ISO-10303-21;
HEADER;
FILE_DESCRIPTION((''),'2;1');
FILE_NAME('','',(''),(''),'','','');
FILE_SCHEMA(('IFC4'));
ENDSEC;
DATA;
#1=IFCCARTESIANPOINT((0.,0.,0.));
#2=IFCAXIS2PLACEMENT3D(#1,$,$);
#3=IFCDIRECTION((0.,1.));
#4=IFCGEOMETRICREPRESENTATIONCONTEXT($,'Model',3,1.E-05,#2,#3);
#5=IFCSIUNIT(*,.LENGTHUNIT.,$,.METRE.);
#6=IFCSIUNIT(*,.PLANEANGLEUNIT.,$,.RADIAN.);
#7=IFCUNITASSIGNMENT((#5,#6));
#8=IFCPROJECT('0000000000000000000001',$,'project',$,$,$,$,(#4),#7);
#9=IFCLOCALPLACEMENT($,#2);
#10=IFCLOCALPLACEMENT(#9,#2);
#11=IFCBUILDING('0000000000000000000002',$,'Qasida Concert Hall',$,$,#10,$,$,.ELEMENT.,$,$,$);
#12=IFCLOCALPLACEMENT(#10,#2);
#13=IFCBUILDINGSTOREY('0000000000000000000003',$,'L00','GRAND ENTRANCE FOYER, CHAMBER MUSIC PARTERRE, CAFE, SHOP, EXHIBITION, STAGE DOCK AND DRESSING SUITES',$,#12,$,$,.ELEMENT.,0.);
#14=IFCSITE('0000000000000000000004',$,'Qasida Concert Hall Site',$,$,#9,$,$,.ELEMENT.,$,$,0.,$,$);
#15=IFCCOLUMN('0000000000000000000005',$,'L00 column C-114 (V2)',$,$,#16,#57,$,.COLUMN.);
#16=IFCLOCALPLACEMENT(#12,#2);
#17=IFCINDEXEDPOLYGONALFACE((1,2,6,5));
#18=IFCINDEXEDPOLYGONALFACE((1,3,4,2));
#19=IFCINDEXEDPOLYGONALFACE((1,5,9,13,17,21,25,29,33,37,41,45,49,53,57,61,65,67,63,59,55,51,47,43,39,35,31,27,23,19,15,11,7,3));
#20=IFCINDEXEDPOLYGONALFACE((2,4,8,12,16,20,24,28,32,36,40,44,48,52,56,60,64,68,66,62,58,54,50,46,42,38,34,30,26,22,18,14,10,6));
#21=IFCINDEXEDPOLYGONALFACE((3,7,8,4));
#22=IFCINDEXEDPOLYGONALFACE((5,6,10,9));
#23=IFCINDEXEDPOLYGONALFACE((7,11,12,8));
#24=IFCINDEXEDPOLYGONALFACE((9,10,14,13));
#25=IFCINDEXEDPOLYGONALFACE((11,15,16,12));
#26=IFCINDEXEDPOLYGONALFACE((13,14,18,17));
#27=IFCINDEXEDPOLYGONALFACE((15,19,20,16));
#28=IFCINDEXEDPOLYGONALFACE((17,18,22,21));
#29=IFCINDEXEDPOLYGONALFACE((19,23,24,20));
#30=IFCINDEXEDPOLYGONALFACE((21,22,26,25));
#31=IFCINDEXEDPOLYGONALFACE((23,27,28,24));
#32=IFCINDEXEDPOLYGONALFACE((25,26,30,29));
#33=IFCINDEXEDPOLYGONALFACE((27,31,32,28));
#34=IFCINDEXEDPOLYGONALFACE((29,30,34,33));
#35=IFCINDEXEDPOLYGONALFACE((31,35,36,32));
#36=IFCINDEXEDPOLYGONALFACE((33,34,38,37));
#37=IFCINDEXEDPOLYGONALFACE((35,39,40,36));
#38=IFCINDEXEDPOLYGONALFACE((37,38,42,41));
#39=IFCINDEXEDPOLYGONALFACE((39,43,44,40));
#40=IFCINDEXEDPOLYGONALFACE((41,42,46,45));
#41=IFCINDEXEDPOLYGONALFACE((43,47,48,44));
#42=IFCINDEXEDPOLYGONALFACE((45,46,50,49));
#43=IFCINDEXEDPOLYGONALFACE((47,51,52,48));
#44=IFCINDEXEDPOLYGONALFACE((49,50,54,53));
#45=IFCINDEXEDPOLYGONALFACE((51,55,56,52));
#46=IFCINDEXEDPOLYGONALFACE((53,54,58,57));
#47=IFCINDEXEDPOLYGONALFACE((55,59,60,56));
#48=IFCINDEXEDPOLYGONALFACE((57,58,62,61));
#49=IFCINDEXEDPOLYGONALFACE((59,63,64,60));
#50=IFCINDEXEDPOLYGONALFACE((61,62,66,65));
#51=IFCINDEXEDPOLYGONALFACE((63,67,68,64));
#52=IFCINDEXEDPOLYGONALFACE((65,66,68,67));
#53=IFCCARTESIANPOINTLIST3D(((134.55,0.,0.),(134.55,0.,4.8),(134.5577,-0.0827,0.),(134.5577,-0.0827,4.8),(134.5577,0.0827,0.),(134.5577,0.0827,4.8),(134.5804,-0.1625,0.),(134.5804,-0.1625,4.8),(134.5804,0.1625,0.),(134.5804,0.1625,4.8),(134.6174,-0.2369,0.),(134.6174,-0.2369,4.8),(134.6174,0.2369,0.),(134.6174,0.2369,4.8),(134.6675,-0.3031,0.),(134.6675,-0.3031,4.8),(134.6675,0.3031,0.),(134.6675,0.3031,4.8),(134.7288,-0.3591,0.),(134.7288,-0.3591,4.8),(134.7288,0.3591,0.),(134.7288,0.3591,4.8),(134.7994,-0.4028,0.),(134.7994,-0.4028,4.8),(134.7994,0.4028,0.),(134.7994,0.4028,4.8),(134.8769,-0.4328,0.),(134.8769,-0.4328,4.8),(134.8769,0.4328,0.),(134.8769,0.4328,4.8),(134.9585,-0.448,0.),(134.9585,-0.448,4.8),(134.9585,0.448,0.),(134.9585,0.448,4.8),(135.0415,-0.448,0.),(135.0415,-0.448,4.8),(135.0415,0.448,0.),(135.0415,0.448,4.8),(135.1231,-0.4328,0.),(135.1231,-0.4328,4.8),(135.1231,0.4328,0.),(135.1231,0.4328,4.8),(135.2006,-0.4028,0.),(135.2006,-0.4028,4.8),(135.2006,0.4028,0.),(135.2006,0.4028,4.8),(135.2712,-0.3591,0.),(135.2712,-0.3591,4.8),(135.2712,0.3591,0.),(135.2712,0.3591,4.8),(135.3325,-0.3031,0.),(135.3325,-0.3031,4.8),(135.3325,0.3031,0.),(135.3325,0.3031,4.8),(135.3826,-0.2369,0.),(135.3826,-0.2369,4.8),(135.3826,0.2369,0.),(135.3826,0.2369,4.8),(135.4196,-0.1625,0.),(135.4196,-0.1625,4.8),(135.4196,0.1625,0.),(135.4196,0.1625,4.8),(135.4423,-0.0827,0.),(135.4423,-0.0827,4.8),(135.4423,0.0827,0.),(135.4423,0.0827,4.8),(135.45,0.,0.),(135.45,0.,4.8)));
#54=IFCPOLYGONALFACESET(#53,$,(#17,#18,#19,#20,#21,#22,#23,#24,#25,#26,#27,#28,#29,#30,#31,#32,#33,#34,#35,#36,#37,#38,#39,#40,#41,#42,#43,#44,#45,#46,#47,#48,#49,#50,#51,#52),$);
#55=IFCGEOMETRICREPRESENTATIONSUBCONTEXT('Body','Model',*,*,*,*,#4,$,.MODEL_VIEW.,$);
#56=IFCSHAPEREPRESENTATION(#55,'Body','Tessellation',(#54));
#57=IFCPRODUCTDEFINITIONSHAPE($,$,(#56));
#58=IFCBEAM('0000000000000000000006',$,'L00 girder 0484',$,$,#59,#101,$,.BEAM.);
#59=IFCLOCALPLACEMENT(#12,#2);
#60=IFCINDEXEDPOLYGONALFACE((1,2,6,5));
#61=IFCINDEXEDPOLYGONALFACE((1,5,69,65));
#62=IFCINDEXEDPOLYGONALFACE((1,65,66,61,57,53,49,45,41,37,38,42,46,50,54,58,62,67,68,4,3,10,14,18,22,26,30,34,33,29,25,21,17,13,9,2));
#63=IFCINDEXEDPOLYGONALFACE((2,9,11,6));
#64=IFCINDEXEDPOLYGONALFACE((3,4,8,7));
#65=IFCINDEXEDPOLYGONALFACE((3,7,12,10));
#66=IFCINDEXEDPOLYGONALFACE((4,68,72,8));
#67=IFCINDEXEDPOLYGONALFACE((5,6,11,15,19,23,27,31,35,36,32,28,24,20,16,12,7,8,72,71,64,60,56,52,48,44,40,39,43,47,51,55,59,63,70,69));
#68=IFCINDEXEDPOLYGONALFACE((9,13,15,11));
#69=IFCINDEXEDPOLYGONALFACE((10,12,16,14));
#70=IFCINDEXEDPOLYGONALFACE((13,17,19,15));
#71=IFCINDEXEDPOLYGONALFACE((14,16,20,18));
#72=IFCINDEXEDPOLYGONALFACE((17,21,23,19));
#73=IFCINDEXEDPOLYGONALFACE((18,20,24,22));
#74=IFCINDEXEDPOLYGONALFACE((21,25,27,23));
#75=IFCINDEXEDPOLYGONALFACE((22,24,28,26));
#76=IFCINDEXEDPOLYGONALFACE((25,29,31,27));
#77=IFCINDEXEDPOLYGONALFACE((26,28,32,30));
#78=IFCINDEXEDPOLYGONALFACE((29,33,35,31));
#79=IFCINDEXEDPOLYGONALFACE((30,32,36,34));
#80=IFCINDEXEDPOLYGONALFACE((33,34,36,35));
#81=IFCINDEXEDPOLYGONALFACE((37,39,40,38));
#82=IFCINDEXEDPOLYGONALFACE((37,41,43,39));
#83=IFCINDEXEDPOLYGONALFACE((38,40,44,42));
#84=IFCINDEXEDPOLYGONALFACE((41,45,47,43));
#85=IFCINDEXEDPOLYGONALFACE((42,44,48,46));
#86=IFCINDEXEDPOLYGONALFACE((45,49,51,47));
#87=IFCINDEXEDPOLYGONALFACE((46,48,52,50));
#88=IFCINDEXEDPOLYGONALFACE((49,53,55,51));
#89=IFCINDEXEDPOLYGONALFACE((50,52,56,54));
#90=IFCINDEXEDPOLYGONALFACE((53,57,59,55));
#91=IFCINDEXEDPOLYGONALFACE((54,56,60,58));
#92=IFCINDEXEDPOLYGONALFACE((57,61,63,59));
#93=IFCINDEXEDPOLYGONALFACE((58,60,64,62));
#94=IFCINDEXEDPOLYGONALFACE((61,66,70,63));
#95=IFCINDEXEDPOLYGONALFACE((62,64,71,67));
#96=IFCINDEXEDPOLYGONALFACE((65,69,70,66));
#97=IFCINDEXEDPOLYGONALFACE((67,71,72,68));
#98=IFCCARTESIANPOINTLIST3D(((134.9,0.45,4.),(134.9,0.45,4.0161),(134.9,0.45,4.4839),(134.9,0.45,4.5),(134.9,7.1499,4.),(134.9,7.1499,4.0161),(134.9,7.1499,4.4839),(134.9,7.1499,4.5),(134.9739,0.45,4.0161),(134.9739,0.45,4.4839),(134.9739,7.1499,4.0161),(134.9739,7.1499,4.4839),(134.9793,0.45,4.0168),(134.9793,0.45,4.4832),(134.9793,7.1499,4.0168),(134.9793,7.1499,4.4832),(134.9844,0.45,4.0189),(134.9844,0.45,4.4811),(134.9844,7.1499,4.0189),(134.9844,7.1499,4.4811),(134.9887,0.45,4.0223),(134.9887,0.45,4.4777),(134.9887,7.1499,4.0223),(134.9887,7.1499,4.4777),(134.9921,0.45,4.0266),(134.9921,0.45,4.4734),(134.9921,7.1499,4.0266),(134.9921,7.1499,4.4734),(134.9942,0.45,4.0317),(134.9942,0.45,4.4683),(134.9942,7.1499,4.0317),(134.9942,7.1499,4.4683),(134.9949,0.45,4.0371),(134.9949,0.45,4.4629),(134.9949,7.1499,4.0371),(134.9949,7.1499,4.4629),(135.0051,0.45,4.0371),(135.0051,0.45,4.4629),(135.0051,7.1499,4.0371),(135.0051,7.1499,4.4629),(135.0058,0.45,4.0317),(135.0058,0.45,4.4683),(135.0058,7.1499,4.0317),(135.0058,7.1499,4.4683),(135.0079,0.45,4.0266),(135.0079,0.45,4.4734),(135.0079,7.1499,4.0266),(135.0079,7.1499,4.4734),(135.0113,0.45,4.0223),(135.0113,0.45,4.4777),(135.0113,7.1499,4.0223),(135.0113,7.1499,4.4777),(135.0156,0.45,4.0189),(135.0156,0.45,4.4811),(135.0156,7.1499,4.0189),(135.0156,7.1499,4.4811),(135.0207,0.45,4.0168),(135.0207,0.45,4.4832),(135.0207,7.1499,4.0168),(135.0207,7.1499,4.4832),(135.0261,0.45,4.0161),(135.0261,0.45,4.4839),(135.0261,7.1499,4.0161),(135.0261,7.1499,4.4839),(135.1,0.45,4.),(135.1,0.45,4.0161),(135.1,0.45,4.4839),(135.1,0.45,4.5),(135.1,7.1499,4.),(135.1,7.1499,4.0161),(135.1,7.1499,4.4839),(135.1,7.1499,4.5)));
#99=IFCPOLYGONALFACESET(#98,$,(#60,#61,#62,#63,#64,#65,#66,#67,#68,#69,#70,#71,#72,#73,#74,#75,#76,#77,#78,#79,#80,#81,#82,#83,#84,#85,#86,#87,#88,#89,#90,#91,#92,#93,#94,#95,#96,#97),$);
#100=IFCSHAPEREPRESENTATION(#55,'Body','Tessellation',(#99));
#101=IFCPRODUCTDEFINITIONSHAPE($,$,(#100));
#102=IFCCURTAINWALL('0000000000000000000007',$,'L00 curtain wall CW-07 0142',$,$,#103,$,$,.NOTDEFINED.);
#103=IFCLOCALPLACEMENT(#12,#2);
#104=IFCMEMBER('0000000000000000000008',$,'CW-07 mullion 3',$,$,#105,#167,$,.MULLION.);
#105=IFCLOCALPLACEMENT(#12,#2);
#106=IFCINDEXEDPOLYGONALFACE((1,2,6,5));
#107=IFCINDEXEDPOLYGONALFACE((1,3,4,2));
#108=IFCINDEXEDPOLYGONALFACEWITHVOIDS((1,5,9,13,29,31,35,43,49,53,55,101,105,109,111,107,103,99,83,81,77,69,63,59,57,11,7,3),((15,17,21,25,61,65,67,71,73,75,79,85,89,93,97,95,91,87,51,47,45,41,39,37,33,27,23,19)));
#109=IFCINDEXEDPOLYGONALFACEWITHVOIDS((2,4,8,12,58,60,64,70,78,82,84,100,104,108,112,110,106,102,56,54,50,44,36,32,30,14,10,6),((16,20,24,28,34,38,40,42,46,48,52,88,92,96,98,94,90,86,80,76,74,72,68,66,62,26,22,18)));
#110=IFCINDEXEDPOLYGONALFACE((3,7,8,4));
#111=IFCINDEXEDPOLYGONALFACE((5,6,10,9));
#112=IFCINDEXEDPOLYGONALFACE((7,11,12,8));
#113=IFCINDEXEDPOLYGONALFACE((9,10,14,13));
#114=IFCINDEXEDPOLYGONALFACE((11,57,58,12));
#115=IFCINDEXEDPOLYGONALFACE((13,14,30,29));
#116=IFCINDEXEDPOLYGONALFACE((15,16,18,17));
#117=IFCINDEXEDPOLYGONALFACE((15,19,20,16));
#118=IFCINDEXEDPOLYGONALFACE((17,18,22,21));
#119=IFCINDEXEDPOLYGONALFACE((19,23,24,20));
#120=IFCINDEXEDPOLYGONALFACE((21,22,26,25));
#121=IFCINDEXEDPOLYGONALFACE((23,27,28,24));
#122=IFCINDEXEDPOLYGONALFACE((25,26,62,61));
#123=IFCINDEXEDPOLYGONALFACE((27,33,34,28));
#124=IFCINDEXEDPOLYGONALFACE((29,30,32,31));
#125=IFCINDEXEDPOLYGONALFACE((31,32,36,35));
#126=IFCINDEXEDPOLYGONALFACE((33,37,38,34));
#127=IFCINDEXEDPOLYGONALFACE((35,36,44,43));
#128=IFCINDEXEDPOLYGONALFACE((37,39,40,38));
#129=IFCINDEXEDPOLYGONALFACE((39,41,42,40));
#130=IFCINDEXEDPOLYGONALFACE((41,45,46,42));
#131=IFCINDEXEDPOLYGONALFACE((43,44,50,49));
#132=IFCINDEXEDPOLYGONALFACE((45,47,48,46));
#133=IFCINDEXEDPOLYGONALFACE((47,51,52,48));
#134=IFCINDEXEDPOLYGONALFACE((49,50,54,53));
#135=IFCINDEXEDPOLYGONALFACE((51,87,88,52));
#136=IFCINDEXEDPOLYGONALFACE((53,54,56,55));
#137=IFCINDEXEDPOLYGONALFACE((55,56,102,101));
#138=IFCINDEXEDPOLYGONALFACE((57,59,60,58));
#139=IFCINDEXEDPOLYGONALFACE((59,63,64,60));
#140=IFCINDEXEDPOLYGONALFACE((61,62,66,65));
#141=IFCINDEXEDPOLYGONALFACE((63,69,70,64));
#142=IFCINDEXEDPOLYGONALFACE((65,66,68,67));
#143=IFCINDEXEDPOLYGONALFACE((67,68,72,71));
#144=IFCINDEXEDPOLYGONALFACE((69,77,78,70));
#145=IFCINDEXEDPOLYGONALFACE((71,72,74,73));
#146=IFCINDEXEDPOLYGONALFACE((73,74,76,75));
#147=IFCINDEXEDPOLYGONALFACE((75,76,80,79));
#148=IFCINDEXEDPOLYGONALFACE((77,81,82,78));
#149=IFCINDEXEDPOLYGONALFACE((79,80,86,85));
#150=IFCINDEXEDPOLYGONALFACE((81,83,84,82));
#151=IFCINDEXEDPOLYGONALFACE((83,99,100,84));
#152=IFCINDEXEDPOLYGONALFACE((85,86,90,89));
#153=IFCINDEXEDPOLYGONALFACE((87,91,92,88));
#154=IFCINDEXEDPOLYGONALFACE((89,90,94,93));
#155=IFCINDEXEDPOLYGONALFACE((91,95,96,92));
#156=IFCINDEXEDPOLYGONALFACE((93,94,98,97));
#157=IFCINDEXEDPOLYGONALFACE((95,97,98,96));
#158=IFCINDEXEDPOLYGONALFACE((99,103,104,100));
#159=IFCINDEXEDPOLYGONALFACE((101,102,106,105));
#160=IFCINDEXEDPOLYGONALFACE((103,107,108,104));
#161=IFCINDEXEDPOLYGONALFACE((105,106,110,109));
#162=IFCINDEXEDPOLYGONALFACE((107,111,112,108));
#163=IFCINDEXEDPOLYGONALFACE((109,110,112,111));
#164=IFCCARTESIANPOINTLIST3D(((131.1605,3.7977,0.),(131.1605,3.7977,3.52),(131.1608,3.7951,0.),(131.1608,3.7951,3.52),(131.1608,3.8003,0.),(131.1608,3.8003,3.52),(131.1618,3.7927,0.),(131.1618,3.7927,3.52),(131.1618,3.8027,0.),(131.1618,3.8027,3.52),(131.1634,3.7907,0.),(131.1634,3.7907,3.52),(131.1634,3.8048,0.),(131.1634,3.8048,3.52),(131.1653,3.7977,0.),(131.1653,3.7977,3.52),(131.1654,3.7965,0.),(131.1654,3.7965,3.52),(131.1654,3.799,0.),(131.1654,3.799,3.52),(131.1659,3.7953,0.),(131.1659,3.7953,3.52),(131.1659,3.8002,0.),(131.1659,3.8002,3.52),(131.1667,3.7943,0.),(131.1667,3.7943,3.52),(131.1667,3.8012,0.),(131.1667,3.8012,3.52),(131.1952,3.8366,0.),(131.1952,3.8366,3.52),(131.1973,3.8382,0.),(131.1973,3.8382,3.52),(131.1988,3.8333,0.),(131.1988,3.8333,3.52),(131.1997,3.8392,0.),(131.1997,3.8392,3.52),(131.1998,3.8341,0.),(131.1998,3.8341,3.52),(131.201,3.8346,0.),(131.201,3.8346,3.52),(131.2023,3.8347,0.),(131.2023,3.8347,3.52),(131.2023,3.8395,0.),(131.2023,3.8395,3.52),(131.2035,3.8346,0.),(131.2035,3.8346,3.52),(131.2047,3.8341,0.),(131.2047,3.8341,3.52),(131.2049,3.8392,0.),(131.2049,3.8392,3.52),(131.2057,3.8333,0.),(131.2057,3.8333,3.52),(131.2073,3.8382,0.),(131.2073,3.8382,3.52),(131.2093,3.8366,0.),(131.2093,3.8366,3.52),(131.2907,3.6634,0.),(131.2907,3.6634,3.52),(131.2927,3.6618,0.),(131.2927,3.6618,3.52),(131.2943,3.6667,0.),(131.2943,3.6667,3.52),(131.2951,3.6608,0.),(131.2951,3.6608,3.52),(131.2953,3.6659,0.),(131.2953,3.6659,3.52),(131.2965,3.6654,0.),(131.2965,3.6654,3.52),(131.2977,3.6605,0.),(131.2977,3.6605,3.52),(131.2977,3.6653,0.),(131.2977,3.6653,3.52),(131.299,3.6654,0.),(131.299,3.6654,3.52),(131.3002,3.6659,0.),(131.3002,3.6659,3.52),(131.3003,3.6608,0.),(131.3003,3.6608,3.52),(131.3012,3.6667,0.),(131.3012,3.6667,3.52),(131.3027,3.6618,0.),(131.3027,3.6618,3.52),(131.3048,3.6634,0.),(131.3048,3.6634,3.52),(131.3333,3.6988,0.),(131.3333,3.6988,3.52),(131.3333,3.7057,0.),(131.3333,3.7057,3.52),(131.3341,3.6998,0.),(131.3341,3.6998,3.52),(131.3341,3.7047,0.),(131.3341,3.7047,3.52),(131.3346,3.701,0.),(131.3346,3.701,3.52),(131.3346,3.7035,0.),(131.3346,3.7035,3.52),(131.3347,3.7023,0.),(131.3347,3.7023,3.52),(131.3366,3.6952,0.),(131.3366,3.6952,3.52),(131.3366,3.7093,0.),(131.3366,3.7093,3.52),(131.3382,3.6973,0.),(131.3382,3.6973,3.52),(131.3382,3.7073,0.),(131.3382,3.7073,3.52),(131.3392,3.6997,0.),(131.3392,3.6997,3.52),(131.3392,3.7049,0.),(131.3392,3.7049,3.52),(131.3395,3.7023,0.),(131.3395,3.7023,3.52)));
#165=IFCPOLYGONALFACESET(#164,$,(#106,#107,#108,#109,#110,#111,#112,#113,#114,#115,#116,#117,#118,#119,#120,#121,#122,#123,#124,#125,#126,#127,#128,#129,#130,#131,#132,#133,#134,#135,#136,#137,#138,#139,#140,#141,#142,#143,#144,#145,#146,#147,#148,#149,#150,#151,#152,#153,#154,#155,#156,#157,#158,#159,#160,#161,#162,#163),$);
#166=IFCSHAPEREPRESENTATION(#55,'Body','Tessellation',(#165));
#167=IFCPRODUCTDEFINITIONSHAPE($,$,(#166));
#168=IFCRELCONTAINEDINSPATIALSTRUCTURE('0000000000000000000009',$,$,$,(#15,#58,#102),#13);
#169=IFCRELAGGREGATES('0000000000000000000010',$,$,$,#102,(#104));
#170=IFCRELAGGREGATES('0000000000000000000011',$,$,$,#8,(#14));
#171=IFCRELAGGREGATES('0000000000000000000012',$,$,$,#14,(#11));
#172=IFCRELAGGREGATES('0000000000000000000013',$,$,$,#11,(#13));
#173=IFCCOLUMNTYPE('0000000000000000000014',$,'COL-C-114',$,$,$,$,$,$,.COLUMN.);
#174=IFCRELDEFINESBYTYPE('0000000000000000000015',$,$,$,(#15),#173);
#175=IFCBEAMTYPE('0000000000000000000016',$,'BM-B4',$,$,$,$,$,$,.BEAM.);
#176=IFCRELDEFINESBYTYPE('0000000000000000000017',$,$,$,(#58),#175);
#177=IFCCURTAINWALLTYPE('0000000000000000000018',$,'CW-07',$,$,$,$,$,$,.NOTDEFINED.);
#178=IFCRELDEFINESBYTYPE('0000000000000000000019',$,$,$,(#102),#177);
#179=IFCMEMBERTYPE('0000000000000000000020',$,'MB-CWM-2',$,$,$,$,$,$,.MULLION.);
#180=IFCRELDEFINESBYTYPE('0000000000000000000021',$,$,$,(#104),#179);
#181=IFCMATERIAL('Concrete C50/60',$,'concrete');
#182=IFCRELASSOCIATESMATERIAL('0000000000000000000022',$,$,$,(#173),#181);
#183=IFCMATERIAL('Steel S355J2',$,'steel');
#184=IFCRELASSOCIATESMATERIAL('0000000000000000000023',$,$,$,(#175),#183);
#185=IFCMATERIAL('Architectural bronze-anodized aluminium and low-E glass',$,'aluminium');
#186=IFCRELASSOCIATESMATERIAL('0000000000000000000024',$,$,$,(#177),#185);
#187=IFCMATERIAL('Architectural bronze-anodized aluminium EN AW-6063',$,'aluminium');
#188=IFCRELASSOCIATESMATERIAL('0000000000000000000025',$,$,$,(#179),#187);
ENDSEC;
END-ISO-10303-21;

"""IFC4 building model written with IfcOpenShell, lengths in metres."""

from ifc_helpers import new_model, si_unit, direction, frame, origin, origin_2d, place, context, subcontext, project, spatial, hollow_rectangle, circle, i_section, extrude, material, material_profile, profile_set, type_object, element, aggregate, save


model = new_model("IFC4")

# Units and contexts
model_context = context("Model", 3, precision=1e-05, world=origin(), true_north=direction((0.0, 1.0)))
body_context = subcontext(model_context, "Body", "Model", "MODEL_VIEW")
ifc_project = project(units=[si_unit("LENGTHUNIT", "METRE"), si_unit("PLANEANGLEUNIT", "RADIAN")], contexts=[model_context])

# Site, building, storey
site_placement = place(None, origin())
site = spatial("IfcSite", under=ifc_project, at=site_placement, Name="Qasida Concert Hall Site", CompositionType="ELEMENT", RefElevation=0.0)
building_placement = place(site_placement, origin())
building = spatial("IfcBuilding", under=site, at=building_placement, Name="Qasida Concert Hall", CompositionType="ELEMENT")
storey_placement = place(building_placement, origin())
storey = spatial("IfcBuildingStorey", under=building, at=storey_placement, Name="L00", Description="GRAND ENTRANCE FOYER, CHAMBER MUSIC PARTERRE, CAFE, SHOP, EXHIBITION, STAGE DOCK AND DRESSING SUITES", CompositionType="ELEMENT", Elevation=0.0)

# Column
ifc_material_1 = material(Name="Concrete C50/60", Category="concrete")
ifc_material_profile_1 = material_profile(ifc_material_1, circle(Radius=0.45, at=origin_2d()), Name="RC COL D900")
ifc_profile_set_1 = profile_set([ifc_material_profile_1], Name="Concrete C50/60")
column_type = type_object("IfcColumnType", Name="COL-C-114", PredefinedType="COLUMN", material=ifc_profile_set_1)
column_placement = place(storey_placement, frame((135.0, 0.0, 0.0), z_axis=(0.0, 0.0, 1.0), x_axis=(1.0, 0.0, 0.0)))
element("IfcColumn", 1, at=column_placement, inside=storey, type_object=column_type, Name="L00 column C-114 (V2)", PredefinedType="COLUMN", context=body_context, shape_type="SweptSolid", body=[
    extrude(circle(Radius=0.45, at=origin_2d()), origin(), (0.0, 0.0, 1.0), 4.8),
])

# Beam
ifc_material_2 = material(Name="Steel S355J2", Category="steel")
ifc_material_profile_2 = material_profile(ifc_material_2, i_section(OverallWidth=0.2, OverallDepth=0.5, WebThickness=0.0103, FlangeThickness=0.0161, FilletRadius=0.021, at=origin_2d()), Name="IPE 500")
ifc_profile_set_2 = profile_set([ifc_material_profile_2], Name="Steel S355J2")
beam_type = type_object("IfcBeamType", Name="BM-B4", PredefinedType="BEAM", material=ifc_profile_set_2)
beam_placement = place(storey_placement, frame((135.0, 0.45, 4.25), z_axis=(0.0, 1.0, 0.0), x_axis=(-1.0, 0.0, 0.0)))
element("IfcBeam", 2, at=beam_placement, inside=storey, type_object=beam_type, Name="L00 girder 0484", PredefinedType="BEAM", context=body_context, shape_type="SweptSolid", body=[
    extrude(i_section(OverallWidth=0.2, OverallDepth=0.5, WebThickness=0.0103, FlangeThickness=0.0161, FilletRadius=0.021, at=origin_2d()), origin(), (0.0, 0.0, 1.0), 6.7),
])

# Curtain wall, member
ifc_material_3 = material(Name="Architectural bronze-anodized aluminium and low-E glass", Category="aluminium")
curtain_wall_type = type_object("IfcCurtainWallType", Name="CW-07", PredefinedType="NOTDEFINED", material=ifc_material_3)
curtain_wall_placement = place(storey_placement, origin())
curtain_wall = element("IfcCurtainWall", 3, at=curtain_wall_placement, inside=storey, type_object=curtain_wall_type, Name="L00 curtain wall CW-07 0142", PredefinedType="NOTDEFINED")
ifc_material_4 = material(Name="Architectural bronze-anodized aluminium EN AW-6063", Category="aluminium")
ifc_material_profile_3 = material_profile(ifc_material_4, hollow_rectangle(XDim=0.0649, YDim=0.2, WallThickness=0.0049, InnerFilletRadius=0.0049, OuterFilletRadius=0.01, at=origin_2d()), Name="CWM 200x65x5")
ifc_profile_set_3 = profile_set([ifc_material_profile_3], Name="Architectural bronze-anodized aluminium EN AW-6063")
member_type_1 = type_object("IfcMemberType", Name="MB-CWM-2", PredefinedType="MULLION", material=ifc_profile_set_3)
member_1_placement = place(storey_placement, frame((131.25, 3.75, 0.0), z_axis=(0.0, 0.0, 1.0), x_axis=(0.707107, 0.707107, 0.0)))
member_1 = element("IfcMember", 4, at=member_1_placement, type_object=member_type_1, Name="CW-07 mullion 3", PredefinedType="MULLION", context=body_context, shape_type="SweptSolid", body=[
    extrude(hollow_rectangle(XDim=0.0649, YDim=0.2, WallThickness=0.0049, InnerFilletRadius=0.0049, OuterFilletRadius=0.01, at=origin_2d()), origin(), (0.0, 0.0, 1.0), 3.52),
])
aggregate(curtain_wall, [member_1])

save(model, "model.ifc")
